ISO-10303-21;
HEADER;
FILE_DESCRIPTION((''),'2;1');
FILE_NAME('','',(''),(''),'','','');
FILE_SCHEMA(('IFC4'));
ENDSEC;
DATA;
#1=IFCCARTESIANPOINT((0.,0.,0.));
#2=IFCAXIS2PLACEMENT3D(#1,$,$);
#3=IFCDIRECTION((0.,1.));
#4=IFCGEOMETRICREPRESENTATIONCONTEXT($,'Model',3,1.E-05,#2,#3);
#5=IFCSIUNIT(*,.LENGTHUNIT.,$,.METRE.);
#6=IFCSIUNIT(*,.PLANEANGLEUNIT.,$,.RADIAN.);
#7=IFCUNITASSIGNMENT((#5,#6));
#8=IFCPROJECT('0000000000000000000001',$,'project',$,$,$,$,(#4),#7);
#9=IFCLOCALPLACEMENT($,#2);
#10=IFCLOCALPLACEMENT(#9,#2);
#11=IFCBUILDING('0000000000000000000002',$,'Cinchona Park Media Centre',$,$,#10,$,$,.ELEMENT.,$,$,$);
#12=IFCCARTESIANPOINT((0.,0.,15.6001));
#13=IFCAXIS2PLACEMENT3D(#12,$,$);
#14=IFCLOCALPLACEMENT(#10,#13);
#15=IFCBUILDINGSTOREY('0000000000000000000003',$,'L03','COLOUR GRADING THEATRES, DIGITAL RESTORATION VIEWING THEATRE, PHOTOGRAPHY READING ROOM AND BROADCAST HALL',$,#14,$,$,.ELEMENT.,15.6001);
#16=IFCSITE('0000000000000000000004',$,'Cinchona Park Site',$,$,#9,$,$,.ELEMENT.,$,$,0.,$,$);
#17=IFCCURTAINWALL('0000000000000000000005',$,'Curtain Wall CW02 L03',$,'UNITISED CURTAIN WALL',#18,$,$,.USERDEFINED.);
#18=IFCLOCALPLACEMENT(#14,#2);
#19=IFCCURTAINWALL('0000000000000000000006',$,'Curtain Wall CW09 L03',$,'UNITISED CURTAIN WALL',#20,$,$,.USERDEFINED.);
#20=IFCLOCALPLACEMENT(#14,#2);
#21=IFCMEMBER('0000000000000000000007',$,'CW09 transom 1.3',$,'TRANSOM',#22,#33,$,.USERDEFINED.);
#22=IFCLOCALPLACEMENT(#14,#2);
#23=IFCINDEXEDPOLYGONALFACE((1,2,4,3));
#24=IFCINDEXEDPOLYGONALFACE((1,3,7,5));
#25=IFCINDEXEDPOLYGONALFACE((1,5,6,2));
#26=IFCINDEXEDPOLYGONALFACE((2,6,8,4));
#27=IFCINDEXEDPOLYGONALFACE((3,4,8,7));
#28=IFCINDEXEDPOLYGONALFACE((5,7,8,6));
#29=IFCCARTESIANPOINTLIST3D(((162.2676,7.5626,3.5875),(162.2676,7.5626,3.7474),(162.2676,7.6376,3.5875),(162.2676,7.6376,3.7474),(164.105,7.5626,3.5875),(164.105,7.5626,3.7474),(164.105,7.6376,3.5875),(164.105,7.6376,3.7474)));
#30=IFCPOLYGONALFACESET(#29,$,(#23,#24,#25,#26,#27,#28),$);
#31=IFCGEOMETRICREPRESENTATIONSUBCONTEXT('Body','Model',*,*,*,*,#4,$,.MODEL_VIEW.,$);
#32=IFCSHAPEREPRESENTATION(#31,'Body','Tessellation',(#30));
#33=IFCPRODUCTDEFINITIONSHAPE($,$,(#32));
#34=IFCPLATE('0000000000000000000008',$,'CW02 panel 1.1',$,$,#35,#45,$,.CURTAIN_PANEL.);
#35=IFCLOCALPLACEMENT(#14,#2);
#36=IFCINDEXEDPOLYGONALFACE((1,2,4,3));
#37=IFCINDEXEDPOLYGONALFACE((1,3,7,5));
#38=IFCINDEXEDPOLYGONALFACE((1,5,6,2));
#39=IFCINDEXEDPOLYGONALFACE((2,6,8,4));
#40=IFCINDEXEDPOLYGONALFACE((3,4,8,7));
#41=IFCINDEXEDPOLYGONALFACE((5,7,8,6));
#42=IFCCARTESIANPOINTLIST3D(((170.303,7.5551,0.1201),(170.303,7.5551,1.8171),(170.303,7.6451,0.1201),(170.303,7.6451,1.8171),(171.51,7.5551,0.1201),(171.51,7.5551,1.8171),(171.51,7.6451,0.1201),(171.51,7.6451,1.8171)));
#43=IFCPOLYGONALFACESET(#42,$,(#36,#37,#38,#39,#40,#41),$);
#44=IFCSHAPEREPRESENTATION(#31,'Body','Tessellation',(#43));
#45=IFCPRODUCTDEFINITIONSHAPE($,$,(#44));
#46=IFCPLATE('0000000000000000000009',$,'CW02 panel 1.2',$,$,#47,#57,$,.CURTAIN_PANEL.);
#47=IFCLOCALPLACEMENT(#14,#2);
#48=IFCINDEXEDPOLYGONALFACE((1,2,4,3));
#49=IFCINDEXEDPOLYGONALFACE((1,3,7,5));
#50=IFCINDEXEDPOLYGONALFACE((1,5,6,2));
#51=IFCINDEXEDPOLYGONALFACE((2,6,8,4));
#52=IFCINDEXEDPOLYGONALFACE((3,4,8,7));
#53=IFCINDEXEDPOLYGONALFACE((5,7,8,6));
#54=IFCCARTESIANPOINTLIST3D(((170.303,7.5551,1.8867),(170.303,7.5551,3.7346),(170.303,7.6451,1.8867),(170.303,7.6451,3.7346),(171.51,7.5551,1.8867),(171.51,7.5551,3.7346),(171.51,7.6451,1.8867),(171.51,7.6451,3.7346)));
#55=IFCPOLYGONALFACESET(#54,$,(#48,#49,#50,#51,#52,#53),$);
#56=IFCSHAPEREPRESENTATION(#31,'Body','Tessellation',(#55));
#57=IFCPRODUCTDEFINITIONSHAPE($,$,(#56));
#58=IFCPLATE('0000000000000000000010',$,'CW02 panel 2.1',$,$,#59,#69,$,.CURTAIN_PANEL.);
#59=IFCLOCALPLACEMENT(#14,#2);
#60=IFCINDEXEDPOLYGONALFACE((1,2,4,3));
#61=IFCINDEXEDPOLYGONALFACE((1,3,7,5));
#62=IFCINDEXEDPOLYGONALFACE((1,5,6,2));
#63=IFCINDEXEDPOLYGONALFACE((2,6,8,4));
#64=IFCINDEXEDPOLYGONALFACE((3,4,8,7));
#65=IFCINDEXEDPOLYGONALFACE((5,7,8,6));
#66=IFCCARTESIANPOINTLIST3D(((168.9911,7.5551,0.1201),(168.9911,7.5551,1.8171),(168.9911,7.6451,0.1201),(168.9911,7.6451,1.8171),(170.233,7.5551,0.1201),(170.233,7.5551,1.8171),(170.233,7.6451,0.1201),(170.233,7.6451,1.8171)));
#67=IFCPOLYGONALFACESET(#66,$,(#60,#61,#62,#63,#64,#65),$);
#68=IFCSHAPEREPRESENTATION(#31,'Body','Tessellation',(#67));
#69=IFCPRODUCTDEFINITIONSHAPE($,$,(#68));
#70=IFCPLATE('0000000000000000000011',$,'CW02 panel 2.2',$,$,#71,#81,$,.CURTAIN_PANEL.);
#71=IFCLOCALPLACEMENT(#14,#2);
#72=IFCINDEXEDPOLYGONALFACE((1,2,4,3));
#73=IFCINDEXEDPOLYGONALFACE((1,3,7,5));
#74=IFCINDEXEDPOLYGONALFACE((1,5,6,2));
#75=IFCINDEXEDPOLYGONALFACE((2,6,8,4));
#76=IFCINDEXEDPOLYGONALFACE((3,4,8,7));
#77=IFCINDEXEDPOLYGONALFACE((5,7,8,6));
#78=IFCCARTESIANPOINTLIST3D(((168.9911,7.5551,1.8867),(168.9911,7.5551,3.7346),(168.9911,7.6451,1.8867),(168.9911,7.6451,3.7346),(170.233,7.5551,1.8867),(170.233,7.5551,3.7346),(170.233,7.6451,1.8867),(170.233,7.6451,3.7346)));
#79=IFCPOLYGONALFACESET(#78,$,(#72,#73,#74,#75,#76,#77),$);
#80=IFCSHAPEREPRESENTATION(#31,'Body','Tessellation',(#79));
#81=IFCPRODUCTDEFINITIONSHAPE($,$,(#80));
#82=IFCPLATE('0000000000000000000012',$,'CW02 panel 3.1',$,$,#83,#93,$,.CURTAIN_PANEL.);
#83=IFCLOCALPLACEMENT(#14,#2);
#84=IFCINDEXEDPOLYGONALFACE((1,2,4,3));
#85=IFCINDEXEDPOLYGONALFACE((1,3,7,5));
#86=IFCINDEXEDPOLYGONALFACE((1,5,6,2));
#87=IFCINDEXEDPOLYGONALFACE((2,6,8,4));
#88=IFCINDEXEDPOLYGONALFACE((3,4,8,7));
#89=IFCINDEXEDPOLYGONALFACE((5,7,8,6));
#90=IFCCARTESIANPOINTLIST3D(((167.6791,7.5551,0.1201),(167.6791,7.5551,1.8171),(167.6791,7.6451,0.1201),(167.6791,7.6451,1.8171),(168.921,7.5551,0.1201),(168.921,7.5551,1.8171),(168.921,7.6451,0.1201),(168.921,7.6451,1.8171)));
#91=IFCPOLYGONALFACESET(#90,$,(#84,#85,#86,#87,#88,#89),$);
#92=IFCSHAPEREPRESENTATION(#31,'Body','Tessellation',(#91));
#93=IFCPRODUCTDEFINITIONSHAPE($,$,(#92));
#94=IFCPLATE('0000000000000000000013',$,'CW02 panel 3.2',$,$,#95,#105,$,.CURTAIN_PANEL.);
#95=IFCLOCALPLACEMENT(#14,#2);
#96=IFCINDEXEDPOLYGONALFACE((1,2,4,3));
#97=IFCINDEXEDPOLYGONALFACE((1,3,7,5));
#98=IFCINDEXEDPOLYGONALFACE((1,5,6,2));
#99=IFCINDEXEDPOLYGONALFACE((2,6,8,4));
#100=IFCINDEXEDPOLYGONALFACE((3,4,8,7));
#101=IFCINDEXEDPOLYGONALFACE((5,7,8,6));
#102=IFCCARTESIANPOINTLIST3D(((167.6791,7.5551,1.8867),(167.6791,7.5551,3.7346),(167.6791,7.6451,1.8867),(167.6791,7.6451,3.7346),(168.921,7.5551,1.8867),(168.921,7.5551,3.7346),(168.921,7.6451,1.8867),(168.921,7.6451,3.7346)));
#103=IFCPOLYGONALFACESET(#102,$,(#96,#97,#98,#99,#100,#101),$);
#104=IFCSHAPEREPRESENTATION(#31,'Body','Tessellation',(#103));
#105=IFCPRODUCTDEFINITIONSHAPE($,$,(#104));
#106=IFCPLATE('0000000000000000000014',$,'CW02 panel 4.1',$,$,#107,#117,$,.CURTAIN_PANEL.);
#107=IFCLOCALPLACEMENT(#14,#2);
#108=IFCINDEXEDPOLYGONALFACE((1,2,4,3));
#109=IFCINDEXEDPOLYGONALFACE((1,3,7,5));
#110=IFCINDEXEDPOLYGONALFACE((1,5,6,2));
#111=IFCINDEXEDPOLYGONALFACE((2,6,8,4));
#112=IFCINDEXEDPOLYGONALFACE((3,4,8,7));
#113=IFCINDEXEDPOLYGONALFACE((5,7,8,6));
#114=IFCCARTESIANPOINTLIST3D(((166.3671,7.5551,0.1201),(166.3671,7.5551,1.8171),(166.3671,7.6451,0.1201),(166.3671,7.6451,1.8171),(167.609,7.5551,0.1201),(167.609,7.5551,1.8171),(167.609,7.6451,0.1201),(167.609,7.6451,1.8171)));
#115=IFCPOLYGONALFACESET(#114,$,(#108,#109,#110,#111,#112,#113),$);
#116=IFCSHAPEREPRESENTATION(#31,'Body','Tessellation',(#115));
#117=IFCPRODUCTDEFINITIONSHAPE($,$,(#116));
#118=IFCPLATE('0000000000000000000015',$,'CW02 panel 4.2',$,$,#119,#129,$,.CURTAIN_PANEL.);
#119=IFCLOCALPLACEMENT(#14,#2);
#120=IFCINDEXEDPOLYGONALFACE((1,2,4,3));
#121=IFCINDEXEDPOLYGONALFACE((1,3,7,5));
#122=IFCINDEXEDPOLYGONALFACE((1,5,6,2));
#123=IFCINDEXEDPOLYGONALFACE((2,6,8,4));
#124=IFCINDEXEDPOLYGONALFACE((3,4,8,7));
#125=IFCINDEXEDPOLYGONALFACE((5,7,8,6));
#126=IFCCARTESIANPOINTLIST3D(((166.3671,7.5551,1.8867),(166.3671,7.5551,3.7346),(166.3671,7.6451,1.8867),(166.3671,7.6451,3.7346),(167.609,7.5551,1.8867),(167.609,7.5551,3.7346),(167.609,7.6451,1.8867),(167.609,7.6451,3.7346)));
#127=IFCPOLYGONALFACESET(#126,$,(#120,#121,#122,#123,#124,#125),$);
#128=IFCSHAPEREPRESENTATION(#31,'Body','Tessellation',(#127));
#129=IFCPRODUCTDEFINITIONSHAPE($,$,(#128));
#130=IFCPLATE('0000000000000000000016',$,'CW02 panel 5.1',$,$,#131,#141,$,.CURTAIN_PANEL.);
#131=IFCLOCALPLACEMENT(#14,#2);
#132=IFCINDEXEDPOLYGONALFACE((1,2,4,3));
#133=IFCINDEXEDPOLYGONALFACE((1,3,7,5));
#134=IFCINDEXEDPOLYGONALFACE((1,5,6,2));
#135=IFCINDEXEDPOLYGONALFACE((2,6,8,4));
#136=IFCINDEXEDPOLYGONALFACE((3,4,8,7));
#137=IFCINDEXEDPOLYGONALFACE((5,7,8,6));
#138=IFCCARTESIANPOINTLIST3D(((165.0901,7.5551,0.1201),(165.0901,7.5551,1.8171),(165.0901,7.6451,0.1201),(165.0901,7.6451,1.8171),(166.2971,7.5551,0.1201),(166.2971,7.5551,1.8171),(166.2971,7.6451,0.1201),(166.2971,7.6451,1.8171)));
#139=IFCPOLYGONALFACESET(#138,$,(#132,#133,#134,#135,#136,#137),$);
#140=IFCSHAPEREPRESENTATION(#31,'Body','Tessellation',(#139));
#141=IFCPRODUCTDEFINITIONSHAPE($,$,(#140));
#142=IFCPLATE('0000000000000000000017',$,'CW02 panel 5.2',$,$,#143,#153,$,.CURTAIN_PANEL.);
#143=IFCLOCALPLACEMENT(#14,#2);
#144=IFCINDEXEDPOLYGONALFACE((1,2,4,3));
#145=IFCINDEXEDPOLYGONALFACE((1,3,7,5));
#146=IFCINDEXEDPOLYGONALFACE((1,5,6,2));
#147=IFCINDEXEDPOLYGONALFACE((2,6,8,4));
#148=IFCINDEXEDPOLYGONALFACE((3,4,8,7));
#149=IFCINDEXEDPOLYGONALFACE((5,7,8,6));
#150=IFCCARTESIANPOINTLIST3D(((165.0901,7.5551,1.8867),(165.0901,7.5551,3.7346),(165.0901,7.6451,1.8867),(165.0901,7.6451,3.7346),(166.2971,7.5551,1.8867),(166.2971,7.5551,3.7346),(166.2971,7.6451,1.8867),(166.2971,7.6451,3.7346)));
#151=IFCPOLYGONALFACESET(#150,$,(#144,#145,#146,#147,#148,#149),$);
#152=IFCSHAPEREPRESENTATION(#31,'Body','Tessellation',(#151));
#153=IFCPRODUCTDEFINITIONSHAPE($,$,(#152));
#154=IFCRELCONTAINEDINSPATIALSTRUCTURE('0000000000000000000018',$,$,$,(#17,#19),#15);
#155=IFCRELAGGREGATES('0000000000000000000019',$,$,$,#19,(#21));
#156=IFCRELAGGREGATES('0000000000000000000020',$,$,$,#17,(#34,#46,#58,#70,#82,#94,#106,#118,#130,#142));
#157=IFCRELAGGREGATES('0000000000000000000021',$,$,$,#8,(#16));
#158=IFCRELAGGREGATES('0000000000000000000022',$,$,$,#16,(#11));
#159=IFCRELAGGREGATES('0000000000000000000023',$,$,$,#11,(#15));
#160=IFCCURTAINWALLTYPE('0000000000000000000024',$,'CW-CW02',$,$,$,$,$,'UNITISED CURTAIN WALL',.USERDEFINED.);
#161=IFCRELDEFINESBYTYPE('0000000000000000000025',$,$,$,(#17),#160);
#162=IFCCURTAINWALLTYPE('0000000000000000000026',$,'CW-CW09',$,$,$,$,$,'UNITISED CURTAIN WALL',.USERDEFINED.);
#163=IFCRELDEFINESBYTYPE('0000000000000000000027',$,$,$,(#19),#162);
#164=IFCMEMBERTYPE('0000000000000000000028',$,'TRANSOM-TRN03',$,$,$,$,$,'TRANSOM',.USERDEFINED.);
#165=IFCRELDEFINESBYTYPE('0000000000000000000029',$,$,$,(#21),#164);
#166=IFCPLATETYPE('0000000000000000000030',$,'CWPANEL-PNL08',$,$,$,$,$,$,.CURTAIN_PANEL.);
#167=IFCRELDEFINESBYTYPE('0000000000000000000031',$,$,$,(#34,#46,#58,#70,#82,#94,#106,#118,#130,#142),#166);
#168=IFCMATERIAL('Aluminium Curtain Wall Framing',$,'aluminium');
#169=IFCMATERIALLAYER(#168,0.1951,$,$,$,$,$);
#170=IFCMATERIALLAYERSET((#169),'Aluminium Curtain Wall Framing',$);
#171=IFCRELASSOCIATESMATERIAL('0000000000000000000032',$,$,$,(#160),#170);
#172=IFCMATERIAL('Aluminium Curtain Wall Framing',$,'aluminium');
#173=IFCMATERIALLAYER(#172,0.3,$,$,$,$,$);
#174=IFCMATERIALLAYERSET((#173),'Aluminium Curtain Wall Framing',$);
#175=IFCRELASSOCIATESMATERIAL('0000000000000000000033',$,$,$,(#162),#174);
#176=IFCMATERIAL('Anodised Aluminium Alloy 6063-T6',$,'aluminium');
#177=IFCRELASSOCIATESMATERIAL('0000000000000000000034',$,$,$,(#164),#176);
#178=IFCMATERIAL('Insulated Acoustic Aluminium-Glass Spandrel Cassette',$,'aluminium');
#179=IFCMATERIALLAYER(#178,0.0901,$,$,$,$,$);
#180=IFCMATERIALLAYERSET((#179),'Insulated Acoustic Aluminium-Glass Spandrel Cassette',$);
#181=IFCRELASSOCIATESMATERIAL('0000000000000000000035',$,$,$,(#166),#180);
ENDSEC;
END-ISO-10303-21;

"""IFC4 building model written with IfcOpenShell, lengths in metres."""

from ifc_helpers import new_model, si_unit, direction, frame, origin, origin_2d, place, context, subcontext, project, spatial, rectangle, extrude, material, layer, layer_set, material_profile, profile_set, type_object, element, aggregate, save


model = new_model("IFC4")

# Units and contexts
model_context = context("Model", 3, precision=1e-05, world=origin(), true_north=direction((0.0, 1.0)))
body_context = subcontext(model_context, "Body", "Model", "MODEL_VIEW")
ifc_project = project(units=[si_unit("LENGTHUNIT", "METRE"), si_unit("PLANEANGLEUNIT", "RADIAN")], contexts=[model_context])

# Site, building, storey
site_placement = place(None, origin())
site = spatial("IfcSite", under=ifc_project, at=site_placement, Name="Cinchona Park Site", CompositionType="ELEMENT", RefElevation=0.0)
building_placement = place(site_placement, origin())
building = spatial("IfcBuilding", under=site, at=building_placement, Name="Cinchona Park Media Centre", CompositionType="ELEMENT")
storey_placement = place(building_placement, frame((0.0, 0.0, 15.6001)))
storey = spatial("IfcBuildingStorey", under=building, at=storey_placement, Name="L03", Description="COLOUR GRADING THEATRES, DIGITAL RESTORATION VIEWING THEATRE, PHOTOGRAPHY READING ROOM AND BROADCAST HALL", CompositionType="ELEMENT", Elevation=15.6001)

# Curtain wall
ifc_material_1 = material(Name="Aluminium Curtain Wall Framing", Category="aluminium")
ifc_layer_1 = layer(ifc_material_1, 0.1951)
ifc_layer_set_1 = layer_set([ifc_layer_1], Name="Aluminium Curtain Wall Framing")
curtain_wall_type_1 = type_object("IfcCurtainWallType", Name="CW-CW02", ElementType="UNITISED CURTAIN WALL", PredefinedType="USERDEFINED", material=ifc_layer_set_1)
curtain_wall_1_placement = place(storey_placement, origin())
curtain_wall_1 = element("IfcCurtainWall", 1, at=curtain_wall_1_placement, inside=storey, type_object=curtain_wall_type_1, Name="Curtain Wall CW02 L03", ObjectType="UNITISED CURTAIN WALL", PredefinedType="USERDEFINED")

# Curtain wall
ifc_material_2 = material(Name="Aluminium Curtain Wall Framing", Category="aluminium")
ifc_layer_2 = layer(ifc_material_2, 0.3)
ifc_layer_set_2 = layer_set([ifc_layer_2], Name="Aluminium Curtain Wall Framing")
curtain_wall_type_2 = type_object("IfcCurtainWallType", Name="CW-CW09", ElementType="UNITISED CURTAIN WALL", PredefinedType="USERDEFINED", material=ifc_layer_set_2)
curtain_wall_2_placement = place(storey_placement, origin())
curtain_wall_2 = element("IfcCurtainWall", 2, at=curtain_wall_2_placement, inside=storey, type_object=curtain_wall_type_2, Name="Curtain Wall CW09 L03", ObjectType="UNITISED CURTAIN WALL", PredefinedType="USERDEFINED")

# Member
ifc_material_3 = material(Name="Anodised Aluminium Alloy 6063-T6", Category="aluminium")
ifc_material_profile_1 = material_profile(ifc_material_3, rectangle(XDim=0.075, YDim=0.1599, at=origin_2d()), Name="TRN-75X160")
ifc_profile_set_1 = profile_set([ifc_material_profile_1], Name="Anodised Aluminium Alloy 6063-T6")
member_type_1 = type_object("IfcMemberType", Name="TRANSOM-TRN03", ElementType="TRANSOM", PredefinedType="USERDEFINED", material=ifc_profile_set_1)
member_1_placement = place(storey_placement, frame((164.105, 7.6001, 3.6675), z_axis=(-1.0, 0.0, 0.0), x_axis=(0.0, -1.0, 0.0)))
member_1 = element("IfcMember", 3, at=member_1_placement, type_object=member_type_1, Name="CW09 transom 1.3", ObjectType="TRANSOM", PredefinedType="USERDEFINED", context=body_context, shape_type="SweptSolid", body=[
    extrude(rectangle(XDim=0.075, YDim=0.1599, at=origin_2d()), origin(), (0.0, 0.0, 1.0), 1.8374),
])
aggregate(curtain_wall_2, [member_1])

# Plates
ifc_material_4 = material(Name="Insulated Acoustic Aluminium-Glass Spandrel Cassette", Category="aluminium")
ifc_layer_3 = layer(ifc_material_4, 0.0901)
ifc_layer_set_3 = layer_set([ifc_layer_3], Name="Insulated Acoustic Aluminium-Glass Spandrel Cassette")
plate_type = type_object("IfcPlateType", Name="CWPANEL-PNL08", PredefinedType="CURTAIN_PANEL", material=ifc_layer_set_3)
plate_1_placement = place(storey_placement, frame((170.9065, 7.6001, 0.1201), z_axis=(0.0, 0.0, 1.0), x_axis=(-1.0, 0.0, 0.0)))
plate_1 = element("IfcPlate", 4, at=plate_1_placement, type_object=plate_type, Name="CW02 panel 1.1", PredefinedType="CURTAIN_PANEL", context=body_context, shape_type="SweptSolid", body=[
    extrude(rectangle(XDim=1.207, YDim=0.0901, at=origin_2d()), origin(), (0.0, 0.0, 1.0), 1.697),
])
plate_2_placement = place(storey_placement, frame((170.9065, 7.6001, 1.8867), z_axis=(0.0, 0.0, 1.0), x_axis=(-1.0, 0.0, 0.0)))
plate_2 = element("IfcPlate", 5, at=plate_2_placement, type_object=plate_type, Name="CW02 panel 1.2", PredefinedType="CURTAIN_PANEL", context=body_context, shape_type="SweptSolid", body=[
    extrude(rectangle(XDim=1.207, YDim=0.0901, at=origin_2d()), origin(), (0.0, 0.0, 1.0), 1.8479),
])
plate_3_placement = place(storey_placement, frame((169.6121, 7.6001, 0.1201), z_axis=(0.0, 0.0, 1.0), x_axis=(-1.0, 0.0, 0.0)))
plate_3 = element("IfcPlate", 6, at=plate_3_placement, type_object=plate_type, Name="CW02 panel 2.1", PredefinedType="CURTAIN_PANEL", context=body_context, shape_type="SweptSolid", body=[
    extrude(rectangle(XDim=1.2419, YDim=0.0901, at=origin_2d()), origin(), (0.0, 0.0, 1.0), 1.697),
])
plate_4_placement = place(storey_placement, frame((169.6121, 7.6001, 1.8867), z_axis=(0.0, 0.0, 1.0), x_axis=(-1.0, 0.0, 0.0)))
plate_4 = element("IfcPlate", 7, at=plate_4_placement, type_object=plate_type, Name="CW02 panel 2.2", PredefinedType="CURTAIN_PANEL", context=body_context, shape_type="SweptSolid", body=[
    extrude(rectangle(XDim=1.2419, YDim=0.0901, at=origin_2d()), origin(), (0.0, 0.0, 1.0), 1.8479),
])
plate_5_placement = place(storey_placement, frame((168.3, 7.6001, 0.1201), z_axis=(0.0, 0.0, 1.0), x_axis=(-1.0, 0.0, 0.0)))
plate_5 = element("IfcPlate", 8, at=plate_5_placement, type_object=plate_type, Name="CW02 panel 3.1", PredefinedType="CURTAIN_PANEL", context=body_context, shape_type="SweptSolid", body=[
    extrude(rectangle(XDim=1.2419, YDim=0.0901, at=origin_2d()), origin(), (0.0, 0.0, 1.0), 1.697),
])
plate_6_placement = place(storey_placement, frame((168.3, 7.6001, 1.8867), z_axis=(0.0, 0.0, 1.0), x_axis=(-1.0, 0.0, 0.0)))
plate_6 = element("IfcPlate", 9, at=plate_6_placement, type_object=plate_type, Name="CW02 panel 3.2", PredefinedType="CURTAIN_PANEL", context=body_context, shape_type="SweptSolid", body=[
    extrude(rectangle(XDim=1.2419, YDim=0.0901, at=origin_2d()), origin(), (0.0, 0.0, 1.0), 1.8479),
])
plate_7_placement = place(storey_placement, frame((166.988, 7.6001, 0.1201), z_axis=(0.0, 0.0, 1.0), x_axis=(-1.0, 0.0, 0.0)))
plate_7 = element("IfcPlate", 10, at=plate_7_placement, type_object=plate_type, Name="CW02 panel 4.1", PredefinedType="CURTAIN_PANEL", context=body_context, shape_type="SweptSolid", body=[
    extrude(rectangle(XDim=1.2419, YDim=0.0901, at=origin_2d()), origin(), (0.0, 0.0, 1.0), 1.697),
])
plate_8_placement = place(storey_placement, frame((166.988, 7.6001, 1.8867), z_axis=(0.0, 0.0, 1.0), x_axis=(-1.0, 0.0, 0.0)))
plate_8 = element("IfcPlate", 11, at=plate_8_placement, type_object=plate_type, Name="CW02 panel 4.2", PredefinedType="CURTAIN_PANEL", context=body_context, shape_type="SweptSolid", body=[
    extrude(rectangle(XDim=1.2419, YDim=0.0901, at=origin_2d()), origin(), (0.0, 0.0, 1.0), 1.8479),
])
plate_9_placement = place(storey_placement, frame((165.6936, 7.6001, 0.1201), z_axis=(0.0, 0.0, 1.0), x_axis=(-1.0, 0.0, 0.0)))
plate_9 = element("IfcPlate", 12, at=plate_9_placement, type_object=plate_type, Name="CW02 panel 5.1", PredefinedType="CURTAIN_PANEL", context=body_context, shape_type="SweptSolid", body=[
    extrude(rectangle(XDim=1.207, YDim=0.0901, at=origin_2d()), origin(), (0.0, 0.0, 1.0), 1.697),
])
plate_10_placement = place(storey_placement, frame((165.6936, 7.6001, 1.8867), z_axis=(0.0, 0.0, 1.0), x_axis=(-1.0, 0.0, 0.0)))
plate_10 = element("IfcPlate", 13, at=plate_10_placement, type_object=plate_type, Name="CW02 panel 5.2", PredefinedType="CURTAIN_PANEL", context=body_context, shape_type="SweptSolid", body=[
    extrude(rectangle(XDim=1.207, YDim=0.0901, at=origin_2d()), origin(), (0.0, 0.0, 1.0), 1.8479),
])
aggregate(curtain_wall_1, [plate_1, plate_2, plate_3, plate_4, plate_5, plate_6, plate_7, plate_8, plate_9, plate_10])

save(model, "model.ifc")
